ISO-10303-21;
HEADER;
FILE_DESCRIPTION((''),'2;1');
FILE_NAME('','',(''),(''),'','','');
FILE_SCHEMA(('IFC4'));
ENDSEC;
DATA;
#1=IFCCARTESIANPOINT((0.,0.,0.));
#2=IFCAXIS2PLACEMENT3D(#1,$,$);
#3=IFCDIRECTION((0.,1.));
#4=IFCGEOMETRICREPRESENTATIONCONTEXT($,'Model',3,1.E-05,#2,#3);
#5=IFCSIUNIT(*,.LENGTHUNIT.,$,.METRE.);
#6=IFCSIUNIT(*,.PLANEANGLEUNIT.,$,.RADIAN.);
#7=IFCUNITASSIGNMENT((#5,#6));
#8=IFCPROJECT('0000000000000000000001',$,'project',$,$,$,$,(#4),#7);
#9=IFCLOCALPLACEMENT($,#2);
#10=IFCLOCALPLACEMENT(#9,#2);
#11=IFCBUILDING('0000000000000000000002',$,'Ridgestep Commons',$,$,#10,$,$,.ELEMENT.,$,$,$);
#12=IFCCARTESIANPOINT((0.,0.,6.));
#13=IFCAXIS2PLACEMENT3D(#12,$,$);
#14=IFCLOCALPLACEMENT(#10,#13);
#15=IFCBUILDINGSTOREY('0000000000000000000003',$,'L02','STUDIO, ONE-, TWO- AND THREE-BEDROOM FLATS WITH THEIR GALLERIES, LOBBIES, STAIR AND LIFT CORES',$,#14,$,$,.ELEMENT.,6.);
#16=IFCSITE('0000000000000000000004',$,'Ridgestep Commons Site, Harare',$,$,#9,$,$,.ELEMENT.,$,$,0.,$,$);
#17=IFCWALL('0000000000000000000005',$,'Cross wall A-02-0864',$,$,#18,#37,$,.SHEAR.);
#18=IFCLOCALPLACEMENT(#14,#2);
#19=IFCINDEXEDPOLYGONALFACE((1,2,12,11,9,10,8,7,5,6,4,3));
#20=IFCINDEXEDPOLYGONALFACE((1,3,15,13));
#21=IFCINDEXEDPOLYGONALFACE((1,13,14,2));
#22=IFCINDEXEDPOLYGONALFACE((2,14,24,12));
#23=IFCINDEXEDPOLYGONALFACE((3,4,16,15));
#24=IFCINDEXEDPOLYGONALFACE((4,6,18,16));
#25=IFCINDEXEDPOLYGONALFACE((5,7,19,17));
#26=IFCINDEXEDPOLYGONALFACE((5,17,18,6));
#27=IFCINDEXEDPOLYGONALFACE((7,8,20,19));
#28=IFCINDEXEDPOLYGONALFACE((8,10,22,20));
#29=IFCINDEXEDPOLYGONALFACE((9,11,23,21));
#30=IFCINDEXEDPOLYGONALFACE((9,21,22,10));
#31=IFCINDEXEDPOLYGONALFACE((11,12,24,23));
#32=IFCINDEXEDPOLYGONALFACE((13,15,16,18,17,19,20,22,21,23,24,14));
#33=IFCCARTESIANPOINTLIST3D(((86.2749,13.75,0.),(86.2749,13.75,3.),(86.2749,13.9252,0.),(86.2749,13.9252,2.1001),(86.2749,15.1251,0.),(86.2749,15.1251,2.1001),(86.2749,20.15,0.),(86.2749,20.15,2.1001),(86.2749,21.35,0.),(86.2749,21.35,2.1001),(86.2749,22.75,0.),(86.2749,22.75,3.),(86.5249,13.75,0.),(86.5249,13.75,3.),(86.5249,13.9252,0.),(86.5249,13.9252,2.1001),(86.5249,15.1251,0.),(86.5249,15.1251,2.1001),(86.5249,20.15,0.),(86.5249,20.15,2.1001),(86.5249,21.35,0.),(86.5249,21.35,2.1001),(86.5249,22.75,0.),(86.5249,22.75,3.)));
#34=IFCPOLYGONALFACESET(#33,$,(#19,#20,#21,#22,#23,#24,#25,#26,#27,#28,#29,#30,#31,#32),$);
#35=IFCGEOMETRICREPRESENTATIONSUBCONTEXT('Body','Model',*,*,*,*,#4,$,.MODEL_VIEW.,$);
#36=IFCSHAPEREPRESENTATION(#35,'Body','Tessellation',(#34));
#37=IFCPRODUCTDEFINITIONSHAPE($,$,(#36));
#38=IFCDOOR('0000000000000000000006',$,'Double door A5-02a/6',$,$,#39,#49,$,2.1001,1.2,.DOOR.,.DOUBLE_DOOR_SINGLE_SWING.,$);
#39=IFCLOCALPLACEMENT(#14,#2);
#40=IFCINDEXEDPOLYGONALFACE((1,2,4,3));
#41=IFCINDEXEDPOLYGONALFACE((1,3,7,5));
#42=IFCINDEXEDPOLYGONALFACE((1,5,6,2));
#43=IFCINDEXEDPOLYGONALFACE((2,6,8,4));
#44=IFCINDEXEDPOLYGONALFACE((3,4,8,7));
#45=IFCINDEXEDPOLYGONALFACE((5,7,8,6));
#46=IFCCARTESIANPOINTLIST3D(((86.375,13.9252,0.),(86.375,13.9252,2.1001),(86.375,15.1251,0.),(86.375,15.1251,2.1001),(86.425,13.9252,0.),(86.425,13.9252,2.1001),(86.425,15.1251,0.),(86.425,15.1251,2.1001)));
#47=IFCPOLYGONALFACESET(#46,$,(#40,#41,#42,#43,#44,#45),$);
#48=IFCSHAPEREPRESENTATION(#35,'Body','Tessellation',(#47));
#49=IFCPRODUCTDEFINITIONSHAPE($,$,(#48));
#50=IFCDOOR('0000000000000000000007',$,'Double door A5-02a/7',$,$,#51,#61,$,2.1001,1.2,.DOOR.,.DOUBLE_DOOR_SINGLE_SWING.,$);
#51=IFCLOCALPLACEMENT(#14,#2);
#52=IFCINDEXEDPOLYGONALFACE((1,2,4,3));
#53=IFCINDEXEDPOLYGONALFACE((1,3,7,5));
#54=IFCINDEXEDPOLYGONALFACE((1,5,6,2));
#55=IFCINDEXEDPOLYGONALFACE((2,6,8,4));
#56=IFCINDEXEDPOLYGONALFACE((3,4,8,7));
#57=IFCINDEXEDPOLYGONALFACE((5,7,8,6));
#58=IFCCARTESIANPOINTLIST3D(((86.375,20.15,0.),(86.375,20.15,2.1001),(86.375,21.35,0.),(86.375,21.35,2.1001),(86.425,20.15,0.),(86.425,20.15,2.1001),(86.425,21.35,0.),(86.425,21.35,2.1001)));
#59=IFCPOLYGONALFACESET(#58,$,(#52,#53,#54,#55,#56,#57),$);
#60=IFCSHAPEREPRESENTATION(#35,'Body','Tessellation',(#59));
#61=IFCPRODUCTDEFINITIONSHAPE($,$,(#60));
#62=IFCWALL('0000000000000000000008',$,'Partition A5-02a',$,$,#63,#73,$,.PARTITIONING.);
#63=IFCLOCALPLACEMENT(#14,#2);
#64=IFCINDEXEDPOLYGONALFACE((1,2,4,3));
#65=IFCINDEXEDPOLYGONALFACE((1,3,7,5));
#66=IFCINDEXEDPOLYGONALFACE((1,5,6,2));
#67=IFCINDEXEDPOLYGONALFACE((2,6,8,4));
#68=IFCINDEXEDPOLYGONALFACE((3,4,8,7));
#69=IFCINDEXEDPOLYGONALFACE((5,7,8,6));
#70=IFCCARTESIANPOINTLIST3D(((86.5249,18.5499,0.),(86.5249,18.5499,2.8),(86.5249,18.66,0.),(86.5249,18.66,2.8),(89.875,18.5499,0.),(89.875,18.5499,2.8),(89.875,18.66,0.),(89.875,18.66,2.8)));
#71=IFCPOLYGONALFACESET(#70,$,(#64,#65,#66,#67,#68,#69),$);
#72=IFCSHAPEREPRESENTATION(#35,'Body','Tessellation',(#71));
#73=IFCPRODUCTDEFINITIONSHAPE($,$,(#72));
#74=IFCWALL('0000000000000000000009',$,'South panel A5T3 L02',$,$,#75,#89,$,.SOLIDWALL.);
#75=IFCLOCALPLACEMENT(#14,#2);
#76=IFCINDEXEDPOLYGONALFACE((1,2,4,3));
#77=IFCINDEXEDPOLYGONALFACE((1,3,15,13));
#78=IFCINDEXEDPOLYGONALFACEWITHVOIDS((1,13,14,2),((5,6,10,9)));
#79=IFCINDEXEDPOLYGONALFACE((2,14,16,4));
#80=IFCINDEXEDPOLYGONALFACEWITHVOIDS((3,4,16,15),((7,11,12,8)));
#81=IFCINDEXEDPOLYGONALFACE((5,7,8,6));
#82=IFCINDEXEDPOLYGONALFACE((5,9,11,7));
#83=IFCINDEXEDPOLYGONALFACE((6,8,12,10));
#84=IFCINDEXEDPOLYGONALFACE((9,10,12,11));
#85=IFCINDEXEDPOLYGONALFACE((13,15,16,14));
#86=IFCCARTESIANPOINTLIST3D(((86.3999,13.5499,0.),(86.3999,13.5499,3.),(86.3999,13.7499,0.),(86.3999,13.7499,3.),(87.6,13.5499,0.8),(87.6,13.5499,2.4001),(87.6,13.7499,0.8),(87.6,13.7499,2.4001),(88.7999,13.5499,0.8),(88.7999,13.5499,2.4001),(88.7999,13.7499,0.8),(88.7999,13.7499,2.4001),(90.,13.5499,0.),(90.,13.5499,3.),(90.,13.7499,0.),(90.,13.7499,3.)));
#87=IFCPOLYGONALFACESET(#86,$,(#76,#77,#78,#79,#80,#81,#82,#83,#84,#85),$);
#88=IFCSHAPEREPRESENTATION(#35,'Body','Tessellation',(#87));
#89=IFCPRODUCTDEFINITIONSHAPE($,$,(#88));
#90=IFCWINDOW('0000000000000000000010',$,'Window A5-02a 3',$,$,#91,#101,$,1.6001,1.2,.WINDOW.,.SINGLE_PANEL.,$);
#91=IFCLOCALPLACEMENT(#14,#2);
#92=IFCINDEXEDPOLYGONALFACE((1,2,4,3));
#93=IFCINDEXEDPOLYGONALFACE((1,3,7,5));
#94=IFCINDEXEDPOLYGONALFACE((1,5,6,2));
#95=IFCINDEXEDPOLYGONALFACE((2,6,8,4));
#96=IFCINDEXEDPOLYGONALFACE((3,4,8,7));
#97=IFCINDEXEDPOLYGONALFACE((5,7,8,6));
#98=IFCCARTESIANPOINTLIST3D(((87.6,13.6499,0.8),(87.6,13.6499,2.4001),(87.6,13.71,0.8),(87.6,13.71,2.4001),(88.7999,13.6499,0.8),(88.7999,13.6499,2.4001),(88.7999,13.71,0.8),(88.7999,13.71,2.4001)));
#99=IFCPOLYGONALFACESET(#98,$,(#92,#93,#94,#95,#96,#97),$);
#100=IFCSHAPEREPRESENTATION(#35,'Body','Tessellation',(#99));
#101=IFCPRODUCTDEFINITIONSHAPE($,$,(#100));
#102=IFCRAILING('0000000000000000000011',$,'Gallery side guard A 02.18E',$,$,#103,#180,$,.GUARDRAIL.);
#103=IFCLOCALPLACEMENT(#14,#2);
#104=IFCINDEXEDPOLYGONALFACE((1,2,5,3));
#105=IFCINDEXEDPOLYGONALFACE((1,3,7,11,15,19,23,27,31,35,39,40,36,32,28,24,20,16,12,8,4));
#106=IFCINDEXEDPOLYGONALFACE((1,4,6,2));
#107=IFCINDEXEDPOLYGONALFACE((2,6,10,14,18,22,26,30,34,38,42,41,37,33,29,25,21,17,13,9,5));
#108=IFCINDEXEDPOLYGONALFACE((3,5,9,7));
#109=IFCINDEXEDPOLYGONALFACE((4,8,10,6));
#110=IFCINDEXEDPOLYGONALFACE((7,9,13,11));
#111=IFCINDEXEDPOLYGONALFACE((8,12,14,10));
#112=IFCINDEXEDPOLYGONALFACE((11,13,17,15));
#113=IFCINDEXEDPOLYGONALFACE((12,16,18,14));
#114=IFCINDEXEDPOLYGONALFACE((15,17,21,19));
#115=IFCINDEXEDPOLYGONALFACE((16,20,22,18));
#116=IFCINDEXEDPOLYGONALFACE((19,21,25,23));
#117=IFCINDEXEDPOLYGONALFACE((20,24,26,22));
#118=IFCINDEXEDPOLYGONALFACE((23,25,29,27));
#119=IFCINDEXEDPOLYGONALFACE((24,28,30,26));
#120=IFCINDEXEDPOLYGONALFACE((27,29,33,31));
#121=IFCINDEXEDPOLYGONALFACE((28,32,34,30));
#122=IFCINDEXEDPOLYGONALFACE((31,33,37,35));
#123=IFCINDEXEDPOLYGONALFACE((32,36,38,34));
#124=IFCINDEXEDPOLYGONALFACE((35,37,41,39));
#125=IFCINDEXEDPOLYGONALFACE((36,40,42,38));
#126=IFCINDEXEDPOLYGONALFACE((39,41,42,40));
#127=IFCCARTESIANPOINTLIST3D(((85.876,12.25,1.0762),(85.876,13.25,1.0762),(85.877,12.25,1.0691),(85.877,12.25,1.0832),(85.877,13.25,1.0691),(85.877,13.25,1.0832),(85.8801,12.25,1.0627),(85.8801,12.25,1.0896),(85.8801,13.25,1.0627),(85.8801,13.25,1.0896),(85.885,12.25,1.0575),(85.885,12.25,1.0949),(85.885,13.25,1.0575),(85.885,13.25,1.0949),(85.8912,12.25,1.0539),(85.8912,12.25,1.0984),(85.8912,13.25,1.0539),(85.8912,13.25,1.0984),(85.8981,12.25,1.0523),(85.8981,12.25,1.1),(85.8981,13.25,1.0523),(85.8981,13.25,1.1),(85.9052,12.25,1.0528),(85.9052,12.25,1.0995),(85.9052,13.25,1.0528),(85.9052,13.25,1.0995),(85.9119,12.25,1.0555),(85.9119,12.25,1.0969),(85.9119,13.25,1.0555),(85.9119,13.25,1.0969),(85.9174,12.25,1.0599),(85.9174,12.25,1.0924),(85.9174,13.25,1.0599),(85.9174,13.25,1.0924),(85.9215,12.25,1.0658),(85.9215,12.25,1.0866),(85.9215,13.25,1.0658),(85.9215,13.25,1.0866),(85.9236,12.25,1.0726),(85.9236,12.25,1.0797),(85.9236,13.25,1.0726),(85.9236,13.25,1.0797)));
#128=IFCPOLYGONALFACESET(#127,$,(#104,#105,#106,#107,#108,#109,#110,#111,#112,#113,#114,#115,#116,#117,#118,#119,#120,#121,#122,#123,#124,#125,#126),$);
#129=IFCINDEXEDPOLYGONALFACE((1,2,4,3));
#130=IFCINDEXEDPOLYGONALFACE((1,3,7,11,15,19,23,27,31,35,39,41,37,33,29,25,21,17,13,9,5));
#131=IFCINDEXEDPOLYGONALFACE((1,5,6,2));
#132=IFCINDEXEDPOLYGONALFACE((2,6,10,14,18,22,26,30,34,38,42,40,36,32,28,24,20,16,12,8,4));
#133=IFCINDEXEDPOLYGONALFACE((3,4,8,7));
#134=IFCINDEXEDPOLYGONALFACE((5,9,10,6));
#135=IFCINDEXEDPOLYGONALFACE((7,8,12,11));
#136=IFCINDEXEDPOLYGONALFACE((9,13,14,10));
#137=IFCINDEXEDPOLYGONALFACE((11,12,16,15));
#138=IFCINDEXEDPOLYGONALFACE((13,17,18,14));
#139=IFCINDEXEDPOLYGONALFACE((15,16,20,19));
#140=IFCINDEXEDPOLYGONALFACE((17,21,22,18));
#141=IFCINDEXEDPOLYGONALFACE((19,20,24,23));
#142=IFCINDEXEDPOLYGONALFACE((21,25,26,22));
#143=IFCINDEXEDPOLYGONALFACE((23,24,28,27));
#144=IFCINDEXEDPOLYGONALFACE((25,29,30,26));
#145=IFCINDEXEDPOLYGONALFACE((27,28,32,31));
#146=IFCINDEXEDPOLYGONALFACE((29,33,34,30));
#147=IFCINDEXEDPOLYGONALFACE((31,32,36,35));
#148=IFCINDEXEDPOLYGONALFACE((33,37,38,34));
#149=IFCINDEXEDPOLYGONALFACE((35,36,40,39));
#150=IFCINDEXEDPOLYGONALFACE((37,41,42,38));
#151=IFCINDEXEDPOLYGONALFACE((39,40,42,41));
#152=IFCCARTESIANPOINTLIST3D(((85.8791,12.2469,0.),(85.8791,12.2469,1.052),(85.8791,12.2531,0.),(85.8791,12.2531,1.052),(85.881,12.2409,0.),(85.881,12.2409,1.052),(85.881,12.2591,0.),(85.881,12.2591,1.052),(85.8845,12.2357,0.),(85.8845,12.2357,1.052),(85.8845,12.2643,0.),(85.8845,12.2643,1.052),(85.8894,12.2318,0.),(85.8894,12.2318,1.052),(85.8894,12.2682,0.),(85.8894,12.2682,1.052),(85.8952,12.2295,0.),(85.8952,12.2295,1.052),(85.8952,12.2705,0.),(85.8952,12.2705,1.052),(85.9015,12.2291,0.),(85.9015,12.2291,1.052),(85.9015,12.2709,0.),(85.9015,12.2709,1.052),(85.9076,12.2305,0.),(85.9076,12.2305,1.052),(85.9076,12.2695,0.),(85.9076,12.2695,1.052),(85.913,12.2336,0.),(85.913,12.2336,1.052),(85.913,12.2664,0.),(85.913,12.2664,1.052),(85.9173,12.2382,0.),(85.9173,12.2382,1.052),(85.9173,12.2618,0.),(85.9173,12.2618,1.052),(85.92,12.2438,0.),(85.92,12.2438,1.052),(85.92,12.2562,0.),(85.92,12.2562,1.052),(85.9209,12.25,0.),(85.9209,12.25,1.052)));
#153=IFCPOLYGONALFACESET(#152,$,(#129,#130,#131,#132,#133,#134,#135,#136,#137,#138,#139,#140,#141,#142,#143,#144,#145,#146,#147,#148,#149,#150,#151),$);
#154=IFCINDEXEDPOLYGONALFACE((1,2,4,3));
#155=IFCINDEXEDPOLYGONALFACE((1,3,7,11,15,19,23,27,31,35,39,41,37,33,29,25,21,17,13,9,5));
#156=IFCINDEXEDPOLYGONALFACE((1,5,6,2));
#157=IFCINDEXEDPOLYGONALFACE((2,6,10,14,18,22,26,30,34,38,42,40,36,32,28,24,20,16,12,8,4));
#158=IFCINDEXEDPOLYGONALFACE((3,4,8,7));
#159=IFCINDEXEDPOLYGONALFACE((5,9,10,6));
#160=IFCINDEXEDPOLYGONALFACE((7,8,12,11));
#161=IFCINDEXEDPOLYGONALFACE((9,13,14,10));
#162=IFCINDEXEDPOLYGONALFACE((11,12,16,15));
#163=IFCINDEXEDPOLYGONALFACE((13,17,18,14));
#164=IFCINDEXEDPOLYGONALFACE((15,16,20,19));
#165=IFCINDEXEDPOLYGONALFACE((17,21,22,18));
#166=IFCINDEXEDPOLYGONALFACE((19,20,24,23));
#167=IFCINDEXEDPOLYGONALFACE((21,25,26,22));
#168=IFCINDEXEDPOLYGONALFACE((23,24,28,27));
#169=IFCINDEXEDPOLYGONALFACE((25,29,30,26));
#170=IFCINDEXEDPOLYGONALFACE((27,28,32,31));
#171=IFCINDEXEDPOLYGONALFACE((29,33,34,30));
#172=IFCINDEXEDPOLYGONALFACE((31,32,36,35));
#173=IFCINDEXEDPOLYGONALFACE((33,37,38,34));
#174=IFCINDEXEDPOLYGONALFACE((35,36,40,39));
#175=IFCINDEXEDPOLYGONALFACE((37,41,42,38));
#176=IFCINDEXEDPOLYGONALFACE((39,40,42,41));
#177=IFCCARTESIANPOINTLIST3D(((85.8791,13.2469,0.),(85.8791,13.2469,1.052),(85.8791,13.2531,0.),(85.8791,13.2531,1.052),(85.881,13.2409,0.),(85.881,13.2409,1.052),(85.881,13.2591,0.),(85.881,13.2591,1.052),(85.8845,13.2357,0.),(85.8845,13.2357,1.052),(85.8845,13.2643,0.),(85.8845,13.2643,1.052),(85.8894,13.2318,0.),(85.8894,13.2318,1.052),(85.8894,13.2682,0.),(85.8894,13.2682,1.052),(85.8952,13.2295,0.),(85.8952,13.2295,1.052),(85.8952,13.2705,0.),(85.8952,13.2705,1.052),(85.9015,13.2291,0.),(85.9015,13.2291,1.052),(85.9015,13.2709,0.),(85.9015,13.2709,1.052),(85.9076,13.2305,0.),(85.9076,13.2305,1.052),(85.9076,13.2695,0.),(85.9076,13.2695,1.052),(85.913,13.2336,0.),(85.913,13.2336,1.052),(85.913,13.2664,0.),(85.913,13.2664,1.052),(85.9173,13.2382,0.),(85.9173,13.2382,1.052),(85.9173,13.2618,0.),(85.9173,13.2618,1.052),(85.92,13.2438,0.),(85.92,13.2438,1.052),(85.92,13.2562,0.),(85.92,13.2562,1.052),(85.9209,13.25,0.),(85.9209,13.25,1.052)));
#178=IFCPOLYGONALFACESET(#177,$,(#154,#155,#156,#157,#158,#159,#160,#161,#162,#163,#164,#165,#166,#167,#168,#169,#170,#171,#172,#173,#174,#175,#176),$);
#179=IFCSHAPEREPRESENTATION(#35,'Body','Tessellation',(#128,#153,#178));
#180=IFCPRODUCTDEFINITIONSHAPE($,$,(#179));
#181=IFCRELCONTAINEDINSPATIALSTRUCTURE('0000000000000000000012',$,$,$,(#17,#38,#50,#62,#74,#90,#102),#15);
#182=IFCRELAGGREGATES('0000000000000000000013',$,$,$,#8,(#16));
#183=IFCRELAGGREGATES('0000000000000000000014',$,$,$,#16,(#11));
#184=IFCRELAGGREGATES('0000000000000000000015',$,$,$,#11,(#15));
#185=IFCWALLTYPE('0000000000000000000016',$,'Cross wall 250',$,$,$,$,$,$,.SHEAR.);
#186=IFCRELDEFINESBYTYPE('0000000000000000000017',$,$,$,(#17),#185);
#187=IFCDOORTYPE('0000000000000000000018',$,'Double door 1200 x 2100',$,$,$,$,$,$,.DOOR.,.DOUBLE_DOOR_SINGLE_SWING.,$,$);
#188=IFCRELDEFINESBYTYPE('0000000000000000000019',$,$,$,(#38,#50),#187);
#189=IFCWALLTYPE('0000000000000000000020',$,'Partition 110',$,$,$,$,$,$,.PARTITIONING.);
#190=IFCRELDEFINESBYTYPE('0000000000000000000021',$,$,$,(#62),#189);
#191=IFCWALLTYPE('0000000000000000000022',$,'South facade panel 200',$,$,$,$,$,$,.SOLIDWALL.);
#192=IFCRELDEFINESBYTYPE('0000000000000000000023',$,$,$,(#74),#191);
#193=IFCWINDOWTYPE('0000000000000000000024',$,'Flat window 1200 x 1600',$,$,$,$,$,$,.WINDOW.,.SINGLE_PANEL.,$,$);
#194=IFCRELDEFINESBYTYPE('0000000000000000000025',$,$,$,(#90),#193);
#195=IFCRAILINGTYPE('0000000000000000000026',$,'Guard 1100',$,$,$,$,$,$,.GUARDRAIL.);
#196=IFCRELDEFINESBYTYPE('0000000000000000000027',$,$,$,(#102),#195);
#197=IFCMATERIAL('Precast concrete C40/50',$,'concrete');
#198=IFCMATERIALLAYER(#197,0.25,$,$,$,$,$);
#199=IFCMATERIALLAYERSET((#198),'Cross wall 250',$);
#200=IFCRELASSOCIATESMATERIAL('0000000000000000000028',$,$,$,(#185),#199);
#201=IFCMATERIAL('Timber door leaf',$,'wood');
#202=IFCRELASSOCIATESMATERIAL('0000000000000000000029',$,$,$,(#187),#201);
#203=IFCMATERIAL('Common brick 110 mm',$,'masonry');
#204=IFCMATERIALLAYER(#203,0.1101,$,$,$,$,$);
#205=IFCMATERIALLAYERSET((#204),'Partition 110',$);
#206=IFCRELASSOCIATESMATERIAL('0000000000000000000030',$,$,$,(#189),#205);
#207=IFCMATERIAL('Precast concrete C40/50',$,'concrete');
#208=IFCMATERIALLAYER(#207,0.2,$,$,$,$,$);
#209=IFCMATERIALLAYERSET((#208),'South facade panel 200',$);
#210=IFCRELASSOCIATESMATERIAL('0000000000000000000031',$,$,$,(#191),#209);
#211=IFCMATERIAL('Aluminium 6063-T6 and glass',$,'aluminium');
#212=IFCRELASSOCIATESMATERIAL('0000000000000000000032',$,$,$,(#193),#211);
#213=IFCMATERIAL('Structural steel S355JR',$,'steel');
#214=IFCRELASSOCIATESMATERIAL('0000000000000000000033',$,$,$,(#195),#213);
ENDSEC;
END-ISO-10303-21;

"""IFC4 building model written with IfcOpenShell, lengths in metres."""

from ifc_helpers import new_model, si_unit, direction, frame, frame_2d, origin, origin_2d, place, context, subcontext, project, spatial, rectangle, circle, extrude, material, layer, layer_set, type_object, element, fill, save


model = new_model("IFC4")

# Units and contexts
model_context = context("Model", 3, precision=1e-05, world=origin(), true_north=direction((0.0, 1.0)))
body_context = subcontext(model_context, "Body", "Model", "MODEL_VIEW")
ifc_project = project(units=[si_unit("LENGTHUNIT", "METRE"), si_unit("PLANEANGLEUNIT", "RADIAN")], contexts=[model_context])

# Site, building, storey
site_placement = place(None, origin())
site = spatial("IfcSite", under=ifc_project, at=site_placement, Name="Ridgestep Commons Site, Harare", CompositionType="ELEMENT", RefElevation=0.0)
building_placement = place(site_placement, origin())
building = spatial("IfcBuilding", under=site, at=building_placement, Name="Ridgestep Commons", CompositionType="ELEMENT")
storey_placement = place(building_placement, frame((0.0, 0.0, 6.0)))
storey = spatial("IfcBuildingStorey", under=building, at=storey_placement, Name="L02", Description="STUDIO, ONE-, TWO- AND THREE-BEDROOM FLATS WITH THEIR GALLERIES, LOBBIES, STAIR AND LIFT CORES", CompositionType="ELEMENT", Elevation=6.0)

# Wall, openings, doors
ifc_material_1 = material(Name="Precast concrete C40/50", Category="concrete")
ifc_layer_1 = layer(ifc_material_1, 0.25)
ifc_layer_set_1 = layer_set([ifc_layer_1], Name="Cross wall 250")
wall_type_1 = type_object("IfcWallType", Name="Cross wall 250", PredefinedType="SHEAR", material=ifc_layer_set_1)
wall_1_placement = place(storey_placement, frame((86.3999, 13.75, 0.0), z_axis=(0.0, 0.0, 1.0), x_axis=(0.0, 1.0, 0.0)))
wall_1 = element("IfcWall", 1, at=wall_1_placement, inside=storey, type_object=wall_type_1, Name="Cross wall A-02-0864", PredefinedType="SHEAR", context=body_context, shape_type="SweptSolid", body=[
    extrude(rectangle(XDim=9.0, YDim=0.25, at=frame_2d((4.5, 0.0))), origin(), (0.0, 0.0, 1.0), 3.0),
])
opening_1_placement = place(wall_1_placement, frame((0.175, 0.0, 0.0)))
opening_1 = element("IfcOpeningElement", 2, at=opening_1_placement, cuts=wall_1, PredefinedType="OPENING", context=body_context, shape_type="SweptSolid", body=[
    extrude(rectangle(XDim=1.2, YDim=2.1001, at=frame_2d((0.6001, 1.05))), frame((0.0, 0.135, 0.0), z_axis=(0.0, -1.0, 0.0), x_axis=(1.0, 0.0, 0.0)), (0.0, 0.0, 1.0), 0.27),
])
opening_2_placement = place(wall_1_placement, frame((6.3999, 0.0, 0.0)))
opening_2 = element("IfcOpeningElement", 3, at=opening_2_placement, cuts=wall_1, PredefinedType="OPENING", context=body_context, shape_type="SweptSolid", body=[
    extrude(rectangle(XDim=1.2, YDim=2.1001, at=frame_2d((0.6001, 1.05))), frame((0.0, 0.135, 0.0), z_axis=(0.0, -1.0, 0.0), x_axis=(1.0, 0.0, 0.0)), (0.0, 0.0, 1.0), 0.27),
])
ifc_material_2 = material(Name="Timber door leaf", Category="wood")
door_type_1 = type_object("IfcDoorType", Name="Double door 1200 x 2100", OperationType="DOUBLE_DOOR_SINGLE_SWING", PredefinedType="DOOR", material=ifc_material_2)
door_1_placement = place(opening_1_placement, origin())
door_1 = element("IfcDoor", 4, at=door_1_placement, inside=storey, type_object=door_type_1, Name="Double door A5-02a/6", OperationType="DOUBLE_DOOR_SINGLE_SWING", OverallHeight=2.1001, OverallWidth=1.2, PredefinedType="DOOR", context=body_context, shape_type="SweptSolid", body=[
    extrude(rectangle(XDim=1.2, YDim=2.1001, at=frame_2d((0.6001, 1.05))), frame((0.0, 0.0249, 0.0), z_axis=(0.0, -1.0, 0.0), x_axis=(1.0, 0.0, 0.0)), (0.0, 0.0, 1.0), 0.05),
])
fill(opening_1, door_1)
door_2_placement = place(opening_2_placement, origin())
door_2 = element("IfcDoor", 5, at=door_2_placement, inside=storey, type_object=door_type_1, Name="Double door A5-02a/7", OperationType="DOUBLE_DOOR_SINGLE_SWING", OverallHeight=2.1001, OverallWidth=1.2, PredefinedType="DOOR", context=body_context, shape_type="SweptSolid", body=[
    extrude(rectangle(XDim=1.2, YDim=2.1001, at=frame_2d((0.6001, 1.05))), frame((0.0, 0.0249, 0.0), z_axis=(0.0, -1.0, 0.0), x_axis=(1.0, 0.0, 0.0)), (0.0, 0.0, 1.0), 0.05),
])
fill(opening_2, door_2)

# Wall
ifc_material_3 = material(Name="Common brick 110 mm", Category="masonry")
ifc_layer_2 = layer(ifc_material_3, 0.1101)
ifc_layer_set_2 = layer_set([ifc_layer_2], Name="Partition 110")
wall_type_2 = type_object("IfcWallType", Name="Partition 110", PredefinedType="PARTITIONING", material=ifc_layer_set_2)
wall_2_placement = place(storey_placement, frame((86.5249, 18.605, 0.0), z_axis=(0.0, 0.0, 1.0), x_axis=(1.0, 0.0, 0.0)))
element("IfcWall", 6, at=wall_2_placement, inside=storey, type_object=wall_type_2, Name="Partition A5-02a", PredefinedType="PARTITIONING", context=body_context, shape_type="SweptSolid", body=[
    extrude(rectangle(XDim=3.3501, YDim=0.1101, at=frame_2d((1.675, 0.0))), origin(), (0.0, 0.0, 1.0), 2.8),
])

# Wall, opening, window
ifc_material_4 = material(Name="Precast concrete C40/50", Category="concrete")
ifc_layer_3 = layer(ifc_material_4, 0.2)
ifc_layer_set_3 = layer_set([ifc_layer_3], Name="South facade panel 200")
wall_type_3 = type_object("IfcWallType", Name="South facade panel 200", PredefinedType="SOLIDWALL", material=ifc_layer_set_3)
wall_3_placement = place(storey_placement, frame((86.3999, 13.6499, 0.0), z_axis=(0.0, 0.0, 1.0), x_axis=(1.0, 0.0, 0.0)))
wall_3 = element("IfcWall", 7, at=wall_3_placement, inside=storey, type_object=wall_type_3, Name="South panel A5T3 L02", PredefinedType="SOLIDWALL", context=body_context, shape_type="SweptSolid", body=[
    extrude(rectangle(XDim=3.6001, YDim=0.2, at=frame_2d((1.8, 0.0))), origin(), (0.0, 0.0, 1.0), 3.0),
])
opening_3_placement = place(wall_3_placement, frame((1.2, 0.0, 0.8)))
opening_3 = element("IfcOpeningElement", 8, at=opening_3_placement, cuts=wall_3, PredefinedType="OPENING", context=body_context, shape_type="SweptSolid", body=[
    extrude(rectangle(XDim=1.2, YDim=1.6001, at=frame_2d((0.6001, 0.8))), frame((0.0, 0.1099, 0.0), z_axis=(0.0, -1.0, 0.0), x_axis=(1.0, 0.0, 0.0)), (0.0, 0.0, 1.0), 0.22),
])
ifc_material_5 = material(Name="Aluminium 6063-T6 and glass", Category="aluminium")
window_type = type_object("IfcWindowType", Name="Flat window 1200 x 1600", PartitioningType="SINGLE_PANEL", PredefinedType="WINDOW", material=ifc_material_5)
window_placement = place(opening_3_placement, origin())
window = element("IfcWindow", 9, at=window_placement, inside=storey, type_object=window_type, Name="Window A5-02a 3", OverallHeight=1.6001, OverallWidth=1.2, PartitioningType="SINGLE_PANEL", PredefinedType="WINDOW", context=body_context, shape_type="SweptSolid", body=[
    extrude(rectangle(XDim=1.2, YDim=1.6001, at=frame_2d((0.6001, 0.8))), frame((0.0, 0.0601, 0.0), z_axis=(0.0, -1.0, 0.0), x_axis=(1.0, 0.0, 0.0)), (0.0, 0.0, 1.0), 0.0601),
])
fill(opening_3, window)

# Railing
ifc_material_6 = material(Name="Structural steel S355JR", Category="steel")
railing_type_1 = type_object("IfcRailingType", Name="Guard 1100", PredefinedType="GUARDRAIL", material=ifc_material_6)
railing_1_placement = place(storey_placement, frame((85.8999, 12.25, 0.0)))
element("IfcRailing", 10, at=railing_1_placement, inside=storey, type_object=railing_type_1, Name="Gallery side guard A 02.18E", PredefinedType="GUARDRAIL", context=body_context, shape_type="SweptSolid", body=[
    extrude(circle(Radius=0.0239, at=origin_2d()), frame((0.0, 0.0, 1.0762), z_axis=(0.0, 1.0, 0.0), x_axis=(-1.0, 0.0, 0.0)), (0.0, 0.0, 1.0), 1.0),
    extrude(circle(Radius=0.021, at=origin_2d()), origin(), (0.0, 0.0, 1.0), 1.052),
    extrude(circle(Radius=0.021, at=origin_2d()), frame((0.0, 1.0, 0.0)), (0.0, 0.0, 1.0), 1.052),
])

save(model, "model.ifc")
